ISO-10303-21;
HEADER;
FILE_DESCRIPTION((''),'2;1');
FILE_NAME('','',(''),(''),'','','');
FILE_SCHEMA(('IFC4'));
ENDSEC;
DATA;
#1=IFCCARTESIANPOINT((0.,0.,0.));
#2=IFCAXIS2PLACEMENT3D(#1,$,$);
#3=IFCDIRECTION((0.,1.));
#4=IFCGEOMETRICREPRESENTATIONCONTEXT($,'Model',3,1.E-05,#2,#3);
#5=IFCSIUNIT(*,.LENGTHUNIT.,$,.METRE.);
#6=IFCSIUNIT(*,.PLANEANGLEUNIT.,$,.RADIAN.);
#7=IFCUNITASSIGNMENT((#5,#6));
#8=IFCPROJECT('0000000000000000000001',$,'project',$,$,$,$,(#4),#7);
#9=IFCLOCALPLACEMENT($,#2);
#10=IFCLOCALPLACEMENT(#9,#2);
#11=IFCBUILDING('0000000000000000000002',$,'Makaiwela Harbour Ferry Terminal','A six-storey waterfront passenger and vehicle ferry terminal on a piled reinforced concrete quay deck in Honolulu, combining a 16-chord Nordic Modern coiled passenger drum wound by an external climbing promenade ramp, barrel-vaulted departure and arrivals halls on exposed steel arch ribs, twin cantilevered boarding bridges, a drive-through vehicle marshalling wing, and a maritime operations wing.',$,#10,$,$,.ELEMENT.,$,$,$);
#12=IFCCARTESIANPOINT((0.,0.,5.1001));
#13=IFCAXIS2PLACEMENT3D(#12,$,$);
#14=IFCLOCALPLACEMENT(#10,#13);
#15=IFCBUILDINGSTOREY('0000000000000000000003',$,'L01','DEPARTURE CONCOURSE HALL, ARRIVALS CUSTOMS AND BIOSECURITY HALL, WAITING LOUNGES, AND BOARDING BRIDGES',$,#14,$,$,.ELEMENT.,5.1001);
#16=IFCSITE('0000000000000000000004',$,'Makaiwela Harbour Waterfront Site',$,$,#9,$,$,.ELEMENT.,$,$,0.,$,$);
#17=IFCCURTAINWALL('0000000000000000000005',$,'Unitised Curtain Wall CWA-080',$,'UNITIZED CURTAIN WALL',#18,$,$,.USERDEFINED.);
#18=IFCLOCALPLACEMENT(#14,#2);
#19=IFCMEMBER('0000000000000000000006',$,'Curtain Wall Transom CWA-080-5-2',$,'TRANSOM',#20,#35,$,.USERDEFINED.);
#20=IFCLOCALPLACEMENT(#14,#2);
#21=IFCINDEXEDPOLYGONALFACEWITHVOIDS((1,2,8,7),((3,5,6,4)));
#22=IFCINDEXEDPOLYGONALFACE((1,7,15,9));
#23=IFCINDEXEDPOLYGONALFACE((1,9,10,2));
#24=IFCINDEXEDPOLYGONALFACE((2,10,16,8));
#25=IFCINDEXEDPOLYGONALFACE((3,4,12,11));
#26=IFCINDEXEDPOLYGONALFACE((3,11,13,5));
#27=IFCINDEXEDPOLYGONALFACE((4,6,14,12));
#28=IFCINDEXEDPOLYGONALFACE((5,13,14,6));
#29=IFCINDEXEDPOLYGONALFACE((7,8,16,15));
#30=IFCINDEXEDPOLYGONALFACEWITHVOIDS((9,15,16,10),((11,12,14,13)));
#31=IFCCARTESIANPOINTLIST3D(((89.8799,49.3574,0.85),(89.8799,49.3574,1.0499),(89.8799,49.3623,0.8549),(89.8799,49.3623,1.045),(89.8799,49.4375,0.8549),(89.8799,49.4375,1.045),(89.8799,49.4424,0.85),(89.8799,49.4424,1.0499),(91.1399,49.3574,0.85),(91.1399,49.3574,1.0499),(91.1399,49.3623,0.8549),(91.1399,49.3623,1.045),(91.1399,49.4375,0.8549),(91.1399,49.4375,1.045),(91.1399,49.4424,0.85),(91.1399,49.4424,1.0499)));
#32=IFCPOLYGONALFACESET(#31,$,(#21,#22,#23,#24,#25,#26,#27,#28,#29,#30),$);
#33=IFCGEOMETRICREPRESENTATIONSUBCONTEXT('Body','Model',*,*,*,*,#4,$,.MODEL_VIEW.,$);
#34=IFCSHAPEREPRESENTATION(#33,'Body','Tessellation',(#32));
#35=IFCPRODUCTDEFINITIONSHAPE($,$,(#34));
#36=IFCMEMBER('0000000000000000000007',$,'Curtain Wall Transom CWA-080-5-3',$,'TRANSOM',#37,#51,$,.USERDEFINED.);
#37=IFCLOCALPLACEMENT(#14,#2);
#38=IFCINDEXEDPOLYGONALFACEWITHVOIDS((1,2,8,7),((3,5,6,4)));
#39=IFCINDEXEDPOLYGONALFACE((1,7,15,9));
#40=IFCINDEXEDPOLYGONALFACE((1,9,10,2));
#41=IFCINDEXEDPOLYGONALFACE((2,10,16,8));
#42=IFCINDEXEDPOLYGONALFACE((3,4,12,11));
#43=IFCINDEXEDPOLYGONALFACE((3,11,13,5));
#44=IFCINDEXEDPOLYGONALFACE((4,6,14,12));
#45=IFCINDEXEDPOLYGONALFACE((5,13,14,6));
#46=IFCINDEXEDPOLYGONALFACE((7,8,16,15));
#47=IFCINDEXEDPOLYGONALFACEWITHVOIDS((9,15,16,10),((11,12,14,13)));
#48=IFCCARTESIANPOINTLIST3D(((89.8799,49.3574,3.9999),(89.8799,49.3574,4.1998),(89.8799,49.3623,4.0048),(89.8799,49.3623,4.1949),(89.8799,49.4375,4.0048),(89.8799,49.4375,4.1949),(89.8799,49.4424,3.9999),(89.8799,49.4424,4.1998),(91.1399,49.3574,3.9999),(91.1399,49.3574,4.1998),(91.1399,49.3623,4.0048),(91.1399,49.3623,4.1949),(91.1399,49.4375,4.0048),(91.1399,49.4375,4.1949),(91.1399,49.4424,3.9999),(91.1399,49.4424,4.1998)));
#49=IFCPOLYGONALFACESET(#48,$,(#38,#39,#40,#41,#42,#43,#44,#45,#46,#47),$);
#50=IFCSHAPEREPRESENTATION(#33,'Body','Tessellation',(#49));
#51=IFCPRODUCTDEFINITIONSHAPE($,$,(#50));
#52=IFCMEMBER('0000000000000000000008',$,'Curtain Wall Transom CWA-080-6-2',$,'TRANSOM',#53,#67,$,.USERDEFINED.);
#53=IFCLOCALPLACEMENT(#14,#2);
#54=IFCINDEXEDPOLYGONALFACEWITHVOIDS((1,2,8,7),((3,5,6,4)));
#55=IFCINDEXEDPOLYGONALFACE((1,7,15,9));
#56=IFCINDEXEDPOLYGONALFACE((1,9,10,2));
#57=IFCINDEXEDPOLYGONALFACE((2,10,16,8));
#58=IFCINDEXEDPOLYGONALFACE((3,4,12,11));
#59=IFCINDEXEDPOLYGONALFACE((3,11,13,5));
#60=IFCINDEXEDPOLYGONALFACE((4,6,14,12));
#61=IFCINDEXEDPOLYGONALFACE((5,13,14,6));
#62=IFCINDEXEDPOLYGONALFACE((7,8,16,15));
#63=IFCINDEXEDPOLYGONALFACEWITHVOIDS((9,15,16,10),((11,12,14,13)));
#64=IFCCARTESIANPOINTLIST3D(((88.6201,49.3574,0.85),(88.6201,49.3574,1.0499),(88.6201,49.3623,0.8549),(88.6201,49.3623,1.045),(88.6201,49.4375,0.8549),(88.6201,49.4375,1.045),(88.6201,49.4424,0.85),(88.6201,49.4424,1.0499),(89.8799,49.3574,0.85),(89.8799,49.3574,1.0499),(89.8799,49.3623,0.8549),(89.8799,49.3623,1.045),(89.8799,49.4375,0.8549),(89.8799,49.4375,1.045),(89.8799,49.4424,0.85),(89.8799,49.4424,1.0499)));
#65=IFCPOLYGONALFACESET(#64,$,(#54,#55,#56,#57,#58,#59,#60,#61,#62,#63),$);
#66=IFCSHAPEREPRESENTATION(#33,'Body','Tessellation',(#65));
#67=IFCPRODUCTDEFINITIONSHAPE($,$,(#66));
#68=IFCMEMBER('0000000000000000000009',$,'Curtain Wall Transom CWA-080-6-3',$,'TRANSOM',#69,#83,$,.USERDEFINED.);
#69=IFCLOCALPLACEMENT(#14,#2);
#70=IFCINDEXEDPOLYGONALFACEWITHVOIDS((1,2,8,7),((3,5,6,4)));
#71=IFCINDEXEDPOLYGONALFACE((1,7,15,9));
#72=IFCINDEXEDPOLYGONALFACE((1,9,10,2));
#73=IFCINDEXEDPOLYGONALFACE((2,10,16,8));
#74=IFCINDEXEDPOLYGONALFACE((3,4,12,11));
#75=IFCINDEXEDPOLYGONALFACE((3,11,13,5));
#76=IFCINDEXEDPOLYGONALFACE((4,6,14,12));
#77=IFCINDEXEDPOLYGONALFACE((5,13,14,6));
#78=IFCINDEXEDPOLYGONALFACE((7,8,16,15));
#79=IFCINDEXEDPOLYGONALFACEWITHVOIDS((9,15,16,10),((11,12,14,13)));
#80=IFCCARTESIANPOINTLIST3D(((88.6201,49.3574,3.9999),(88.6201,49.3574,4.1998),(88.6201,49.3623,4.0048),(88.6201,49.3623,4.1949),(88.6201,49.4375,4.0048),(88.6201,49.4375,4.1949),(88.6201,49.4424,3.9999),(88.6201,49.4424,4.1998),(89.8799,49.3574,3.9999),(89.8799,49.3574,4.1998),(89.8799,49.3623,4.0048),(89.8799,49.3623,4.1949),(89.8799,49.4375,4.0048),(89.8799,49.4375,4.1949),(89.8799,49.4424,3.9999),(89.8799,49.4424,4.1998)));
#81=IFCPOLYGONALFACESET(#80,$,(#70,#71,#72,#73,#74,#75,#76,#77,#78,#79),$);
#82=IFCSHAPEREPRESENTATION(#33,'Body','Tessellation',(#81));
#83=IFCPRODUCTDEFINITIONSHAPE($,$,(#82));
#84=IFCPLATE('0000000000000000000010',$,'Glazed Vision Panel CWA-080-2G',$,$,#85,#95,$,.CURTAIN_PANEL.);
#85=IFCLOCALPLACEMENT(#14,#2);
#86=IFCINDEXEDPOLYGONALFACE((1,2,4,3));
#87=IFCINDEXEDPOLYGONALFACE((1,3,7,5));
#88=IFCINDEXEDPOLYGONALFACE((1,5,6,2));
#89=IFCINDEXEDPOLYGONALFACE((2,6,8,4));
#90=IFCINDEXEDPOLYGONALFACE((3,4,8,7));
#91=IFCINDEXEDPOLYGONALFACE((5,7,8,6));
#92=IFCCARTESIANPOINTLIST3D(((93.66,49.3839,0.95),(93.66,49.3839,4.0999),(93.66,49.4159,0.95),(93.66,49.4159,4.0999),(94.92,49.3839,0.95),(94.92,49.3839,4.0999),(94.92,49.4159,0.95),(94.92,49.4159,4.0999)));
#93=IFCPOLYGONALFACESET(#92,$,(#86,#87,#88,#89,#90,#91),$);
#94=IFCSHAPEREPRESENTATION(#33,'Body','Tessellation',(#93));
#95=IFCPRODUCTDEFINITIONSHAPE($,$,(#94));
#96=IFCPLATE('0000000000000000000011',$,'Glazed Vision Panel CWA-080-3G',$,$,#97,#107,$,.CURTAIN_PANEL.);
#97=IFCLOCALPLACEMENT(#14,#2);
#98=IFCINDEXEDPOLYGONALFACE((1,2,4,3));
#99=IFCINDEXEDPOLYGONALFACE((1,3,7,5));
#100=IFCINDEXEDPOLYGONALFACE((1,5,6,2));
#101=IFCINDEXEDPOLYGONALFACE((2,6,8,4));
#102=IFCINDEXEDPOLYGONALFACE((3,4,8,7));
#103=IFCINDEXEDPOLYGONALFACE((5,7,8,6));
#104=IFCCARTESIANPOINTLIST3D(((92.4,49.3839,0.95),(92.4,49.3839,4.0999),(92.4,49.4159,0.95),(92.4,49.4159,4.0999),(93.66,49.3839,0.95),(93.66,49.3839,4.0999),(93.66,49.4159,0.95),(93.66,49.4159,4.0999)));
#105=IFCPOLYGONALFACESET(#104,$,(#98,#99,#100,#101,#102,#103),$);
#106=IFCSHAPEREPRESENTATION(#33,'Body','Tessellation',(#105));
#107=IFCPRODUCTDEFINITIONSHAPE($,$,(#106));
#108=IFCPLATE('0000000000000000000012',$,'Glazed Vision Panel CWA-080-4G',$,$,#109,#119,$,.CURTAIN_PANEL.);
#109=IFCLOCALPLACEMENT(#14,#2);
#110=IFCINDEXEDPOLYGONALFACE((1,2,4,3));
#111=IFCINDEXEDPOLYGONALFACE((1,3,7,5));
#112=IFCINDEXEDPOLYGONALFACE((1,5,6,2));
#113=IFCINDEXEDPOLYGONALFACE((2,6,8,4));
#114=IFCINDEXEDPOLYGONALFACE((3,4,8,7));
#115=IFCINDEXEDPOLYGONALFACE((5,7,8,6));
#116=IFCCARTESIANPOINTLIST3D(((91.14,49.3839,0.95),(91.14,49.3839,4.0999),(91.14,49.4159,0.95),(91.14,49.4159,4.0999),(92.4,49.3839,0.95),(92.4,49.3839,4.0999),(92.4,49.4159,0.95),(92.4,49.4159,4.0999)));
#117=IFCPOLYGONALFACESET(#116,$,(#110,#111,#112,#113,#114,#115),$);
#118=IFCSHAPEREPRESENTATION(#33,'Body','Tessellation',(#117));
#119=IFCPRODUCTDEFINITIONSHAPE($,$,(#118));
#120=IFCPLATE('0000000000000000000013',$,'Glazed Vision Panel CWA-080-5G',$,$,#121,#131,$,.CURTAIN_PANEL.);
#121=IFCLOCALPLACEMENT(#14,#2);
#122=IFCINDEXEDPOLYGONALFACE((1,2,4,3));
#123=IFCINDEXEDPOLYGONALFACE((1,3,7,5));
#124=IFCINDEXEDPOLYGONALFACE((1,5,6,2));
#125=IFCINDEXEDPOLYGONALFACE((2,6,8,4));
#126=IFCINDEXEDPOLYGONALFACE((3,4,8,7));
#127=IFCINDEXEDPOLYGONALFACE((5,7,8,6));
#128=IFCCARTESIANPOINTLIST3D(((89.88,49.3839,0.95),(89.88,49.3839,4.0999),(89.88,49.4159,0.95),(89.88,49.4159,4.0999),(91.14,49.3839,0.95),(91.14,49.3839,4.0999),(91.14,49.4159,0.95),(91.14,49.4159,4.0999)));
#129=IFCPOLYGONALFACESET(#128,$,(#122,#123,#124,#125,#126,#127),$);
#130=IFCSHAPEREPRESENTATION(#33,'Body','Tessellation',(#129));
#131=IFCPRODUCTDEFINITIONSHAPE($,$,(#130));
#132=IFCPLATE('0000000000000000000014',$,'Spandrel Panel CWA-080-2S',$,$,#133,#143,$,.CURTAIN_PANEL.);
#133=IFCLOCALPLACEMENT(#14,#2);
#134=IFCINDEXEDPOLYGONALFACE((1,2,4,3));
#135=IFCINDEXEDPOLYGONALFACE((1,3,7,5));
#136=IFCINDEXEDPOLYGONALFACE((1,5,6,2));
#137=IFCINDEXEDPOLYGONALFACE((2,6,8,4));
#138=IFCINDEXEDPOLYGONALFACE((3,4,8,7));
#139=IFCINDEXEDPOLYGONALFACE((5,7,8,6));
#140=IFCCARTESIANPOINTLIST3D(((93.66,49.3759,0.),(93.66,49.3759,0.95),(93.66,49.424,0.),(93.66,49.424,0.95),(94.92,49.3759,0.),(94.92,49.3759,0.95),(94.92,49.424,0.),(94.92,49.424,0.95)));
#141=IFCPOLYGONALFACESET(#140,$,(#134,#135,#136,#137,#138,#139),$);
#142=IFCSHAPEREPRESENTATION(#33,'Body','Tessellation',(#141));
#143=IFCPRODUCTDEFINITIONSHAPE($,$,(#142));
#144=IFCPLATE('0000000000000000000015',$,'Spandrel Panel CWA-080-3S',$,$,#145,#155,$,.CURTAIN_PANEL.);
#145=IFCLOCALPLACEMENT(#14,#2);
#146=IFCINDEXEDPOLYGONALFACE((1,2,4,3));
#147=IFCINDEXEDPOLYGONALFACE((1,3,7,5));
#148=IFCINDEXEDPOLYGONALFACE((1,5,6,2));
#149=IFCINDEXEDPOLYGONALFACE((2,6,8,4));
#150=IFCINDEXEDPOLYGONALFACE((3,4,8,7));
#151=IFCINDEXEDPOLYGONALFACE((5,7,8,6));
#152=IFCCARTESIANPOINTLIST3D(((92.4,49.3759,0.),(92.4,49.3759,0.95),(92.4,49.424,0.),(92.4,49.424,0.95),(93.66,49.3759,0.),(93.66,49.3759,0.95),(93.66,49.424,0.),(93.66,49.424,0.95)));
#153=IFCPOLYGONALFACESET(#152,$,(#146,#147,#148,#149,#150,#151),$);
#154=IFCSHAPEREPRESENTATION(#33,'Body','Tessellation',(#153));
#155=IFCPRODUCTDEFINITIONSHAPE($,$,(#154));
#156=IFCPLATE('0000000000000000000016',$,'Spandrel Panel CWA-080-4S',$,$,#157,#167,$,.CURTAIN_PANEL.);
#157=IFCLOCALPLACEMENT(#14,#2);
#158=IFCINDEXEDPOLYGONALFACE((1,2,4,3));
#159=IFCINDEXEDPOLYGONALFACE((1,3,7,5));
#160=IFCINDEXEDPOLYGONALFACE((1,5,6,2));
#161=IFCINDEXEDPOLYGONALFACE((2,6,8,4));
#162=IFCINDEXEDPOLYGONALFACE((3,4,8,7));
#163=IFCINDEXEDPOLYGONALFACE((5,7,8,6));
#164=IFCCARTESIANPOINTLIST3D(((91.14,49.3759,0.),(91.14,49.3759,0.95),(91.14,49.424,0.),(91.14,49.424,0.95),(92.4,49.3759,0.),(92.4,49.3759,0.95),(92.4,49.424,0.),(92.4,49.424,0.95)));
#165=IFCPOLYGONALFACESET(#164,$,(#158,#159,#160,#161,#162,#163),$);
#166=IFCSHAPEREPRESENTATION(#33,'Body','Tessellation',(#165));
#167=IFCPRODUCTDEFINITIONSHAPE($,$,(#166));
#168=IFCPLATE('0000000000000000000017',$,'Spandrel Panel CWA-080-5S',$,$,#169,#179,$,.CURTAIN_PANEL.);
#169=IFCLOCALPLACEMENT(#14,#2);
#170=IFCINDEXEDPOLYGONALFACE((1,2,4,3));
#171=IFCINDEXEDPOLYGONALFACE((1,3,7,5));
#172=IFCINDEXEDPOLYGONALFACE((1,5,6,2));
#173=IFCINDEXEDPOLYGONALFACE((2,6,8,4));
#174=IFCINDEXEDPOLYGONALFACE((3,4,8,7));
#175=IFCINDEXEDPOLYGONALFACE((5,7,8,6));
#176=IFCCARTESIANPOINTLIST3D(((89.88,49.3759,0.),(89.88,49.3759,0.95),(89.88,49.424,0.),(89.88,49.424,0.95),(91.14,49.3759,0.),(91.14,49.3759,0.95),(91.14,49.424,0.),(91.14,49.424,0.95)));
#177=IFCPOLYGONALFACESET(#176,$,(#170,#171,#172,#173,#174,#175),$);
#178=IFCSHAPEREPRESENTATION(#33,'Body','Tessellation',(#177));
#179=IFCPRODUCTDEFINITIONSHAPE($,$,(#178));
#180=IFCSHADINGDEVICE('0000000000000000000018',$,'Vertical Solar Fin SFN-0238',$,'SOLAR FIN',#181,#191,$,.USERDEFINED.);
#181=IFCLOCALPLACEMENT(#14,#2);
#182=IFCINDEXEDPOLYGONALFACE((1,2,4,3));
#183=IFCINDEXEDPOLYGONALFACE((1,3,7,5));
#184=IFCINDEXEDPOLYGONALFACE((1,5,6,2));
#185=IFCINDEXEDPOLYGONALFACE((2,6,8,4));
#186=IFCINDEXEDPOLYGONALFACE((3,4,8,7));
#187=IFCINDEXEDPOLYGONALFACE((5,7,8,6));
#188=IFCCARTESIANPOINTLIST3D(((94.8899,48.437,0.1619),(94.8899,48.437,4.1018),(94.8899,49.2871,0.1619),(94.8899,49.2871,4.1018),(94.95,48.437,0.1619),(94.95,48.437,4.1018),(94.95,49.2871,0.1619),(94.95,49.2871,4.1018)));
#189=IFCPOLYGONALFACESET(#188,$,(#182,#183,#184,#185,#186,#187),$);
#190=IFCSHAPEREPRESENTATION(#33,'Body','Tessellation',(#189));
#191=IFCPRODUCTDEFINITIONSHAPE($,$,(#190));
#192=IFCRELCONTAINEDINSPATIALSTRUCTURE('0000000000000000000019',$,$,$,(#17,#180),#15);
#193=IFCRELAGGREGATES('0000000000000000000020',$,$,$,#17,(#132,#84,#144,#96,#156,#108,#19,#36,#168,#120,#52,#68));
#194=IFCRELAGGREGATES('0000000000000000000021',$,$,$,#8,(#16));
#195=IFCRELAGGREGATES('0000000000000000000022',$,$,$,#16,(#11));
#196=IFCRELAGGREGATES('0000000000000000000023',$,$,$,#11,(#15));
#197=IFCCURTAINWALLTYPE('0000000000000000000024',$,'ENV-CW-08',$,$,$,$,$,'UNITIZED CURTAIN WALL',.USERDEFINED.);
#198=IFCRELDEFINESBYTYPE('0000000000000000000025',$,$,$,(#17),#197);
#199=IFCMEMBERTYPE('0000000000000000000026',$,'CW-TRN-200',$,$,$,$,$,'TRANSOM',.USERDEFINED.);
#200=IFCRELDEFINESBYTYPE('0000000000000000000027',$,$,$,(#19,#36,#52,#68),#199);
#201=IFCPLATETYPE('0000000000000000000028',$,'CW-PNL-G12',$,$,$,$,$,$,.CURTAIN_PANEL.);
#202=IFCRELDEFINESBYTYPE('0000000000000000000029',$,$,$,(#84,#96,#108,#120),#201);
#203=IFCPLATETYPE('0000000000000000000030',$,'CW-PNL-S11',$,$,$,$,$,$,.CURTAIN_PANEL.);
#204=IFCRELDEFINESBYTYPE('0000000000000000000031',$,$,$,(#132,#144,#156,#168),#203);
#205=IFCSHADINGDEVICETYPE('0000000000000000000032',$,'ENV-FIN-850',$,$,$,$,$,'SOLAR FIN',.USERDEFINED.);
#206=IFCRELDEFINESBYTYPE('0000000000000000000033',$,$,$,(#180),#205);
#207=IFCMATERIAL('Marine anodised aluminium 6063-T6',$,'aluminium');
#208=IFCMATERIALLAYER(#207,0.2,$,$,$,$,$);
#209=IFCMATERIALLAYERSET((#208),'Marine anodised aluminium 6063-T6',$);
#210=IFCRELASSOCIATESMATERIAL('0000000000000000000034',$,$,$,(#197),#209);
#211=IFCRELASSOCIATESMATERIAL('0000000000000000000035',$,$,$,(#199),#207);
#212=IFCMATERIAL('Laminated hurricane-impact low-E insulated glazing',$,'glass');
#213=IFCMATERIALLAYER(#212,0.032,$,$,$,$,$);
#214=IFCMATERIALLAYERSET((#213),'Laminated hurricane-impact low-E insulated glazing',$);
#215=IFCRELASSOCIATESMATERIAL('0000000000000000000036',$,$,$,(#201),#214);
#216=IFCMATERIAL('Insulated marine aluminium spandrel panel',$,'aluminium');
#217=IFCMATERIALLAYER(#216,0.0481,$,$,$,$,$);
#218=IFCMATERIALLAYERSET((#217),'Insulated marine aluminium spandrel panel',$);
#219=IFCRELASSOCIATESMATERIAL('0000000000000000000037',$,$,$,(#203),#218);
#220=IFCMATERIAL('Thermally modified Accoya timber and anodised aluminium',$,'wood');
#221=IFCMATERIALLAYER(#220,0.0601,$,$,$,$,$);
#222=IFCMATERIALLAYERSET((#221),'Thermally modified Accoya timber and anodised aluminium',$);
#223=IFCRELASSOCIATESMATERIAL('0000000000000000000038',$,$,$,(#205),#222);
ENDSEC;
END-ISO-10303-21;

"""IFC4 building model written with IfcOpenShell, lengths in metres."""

from ifc_helpers import new_model, si_unit, direction, frame, origin, origin_2d, place, context, subcontext, project, spatial, rectangle, hollow_rectangle, extrude, material, layer, layer_set, material_profile, profile_set, type_object, element, aggregate, save


model = new_model("IFC4")

# Units and contexts
model_context = context("Model", 3, precision=1e-05, world=origin(), true_north=direction((0.0, 1.0)))
body_context = subcontext(model_context, "Body", "Model", "MODEL_VIEW")
ifc_project = project(units=[si_unit("LENGTHUNIT", "METRE"), si_unit("PLANEANGLEUNIT", "RADIAN")], contexts=[model_context])

# Site, building, storey
site_placement = place(None, origin())
site = spatial("IfcSite", under=ifc_project, at=site_placement, Name="Makaiwela Harbour Waterfront Site", CompositionType="ELEMENT", RefElevation=0.0)
building_placement = place(site_placement, origin())
building = spatial("IfcBuilding", under=site, at=building_placement, Name="Makaiwela Harbour Ferry Terminal", Description="A six-storey waterfront passenger and vehicle ferry terminal on a piled reinforced concrete quay deck in Honolulu, combining a 16-chord Nordic Modern coiled passenger drum wound by an external climbing promenade ramp, barrel-vaulted departure and arrivals halls on exposed steel arch ribs, twin cantilevered boarding bridges, a drive-through vehicle marshalling wing, and a maritime operations wing.", CompositionType="ELEMENT")
storey_placement = place(building_placement, frame((0.0, 0.0, 5.1001)))
storey = spatial("IfcBuildingStorey", under=building, at=storey_placement, Name="L01", Description="DEPARTURE CONCOURSE HALL, ARRIVALS CUSTOMS AND BIOSECURITY HALL, WAITING LOUNGES, AND BOARDING BRIDGES", CompositionType="ELEMENT", Elevation=5.1001)

# Curtain wall, members, plates
ifc_material_1 = material(Name="Marine anodised aluminium 6063-T6", Category="aluminium")
ifc_layer_1 = layer(ifc_material_1, 0.2)
ifc_layer_set_1 = layer_set([ifc_layer_1], Name="Marine anodised aluminium 6063-T6")
curtain_wall_type = type_object("IfcCurtainWallType", Name="ENV-CW-08", ElementType="UNITIZED CURTAIN WALL", PredefinedType="USERDEFINED", material=ifc_layer_set_1)
curtain_wall_placement = place(storey_placement, origin())
curtain_wall = element("IfcCurtainWall", 1, at=curtain_wall_placement, inside=storey, type_object=curtain_wall_type, Name="Unitised Curtain Wall CWA-080", ObjectType="UNITIZED CURTAIN WALL", PredefinedType="USERDEFINED")
ifc_material_profile_1 = material_profile(ifc_material_1, hollow_rectangle(XDim=0.085, YDim=0.2, WallThickness=0.0049, at=origin_2d()), Name="CWT-200X85")
ifc_profile_set_1 = profile_set([ifc_material_profile_1], Name="Marine anodised aluminium 6063-T6")
member_type_1 = type_object("IfcMemberType", Name="CW-TRN-200", ElementType="TRANSOM", PredefinedType="USERDEFINED", material=ifc_profile_set_1)
member_1_placement = place(storey_placement, frame((91.1399, 49.3999, 0.95), z_axis=(-1.0, 0.0, 0.0), x_axis=(0.0, -1.0, 0.0)))
member_1 = element("IfcMember", 2, at=member_1_placement, type_object=member_type_1, Name="Curtain Wall Transom CWA-080-5-2", ObjectType="TRANSOM", PredefinedType="USERDEFINED", context=body_context, shape_type="SweptSolid", body=[
    extrude(hollow_rectangle(XDim=0.085, YDim=0.2, WallThickness=0.0049, at=origin_2d()), origin(), (0.0, 0.0, 1.0), 1.26),
])
member_2_placement = place(storey_placement, frame((91.1399, 49.3999, 4.0999), z_axis=(-1.0, 0.0, 0.0), x_axis=(0.0, -1.0, 0.0)))
member_2 = element("IfcMember", 3, at=member_2_placement, type_object=member_type_1, Name="Curtain Wall Transom CWA-080-5-3", ObjectType="TRANSOM", PredefinedType="USERDEFINED", context=body_context, shape_type="SweptSolid", body=[
    extrude(hollow_rectangle(XDim=0.085, YDim=0.2, WallThickness=0.0049, at=origin_2d()), origin(), (0.0, 0.0, 1.0), 1.26),
])
member_3_placement = place(storey_placement, frame((89.8799, 49.3999, 0.95), z_axis=(-1.0, 0.0, 0.0), x_axis=(0.0, -1.0, 0.0)))
member_3 = element("IfcMember", 4, at=member_3_placement, type_object=member_type_1, Name="Curtain Wall Transom CWA-080-6-2", ObjectType="TRANSOM", PredefinedType="USERDEFINED", context=body_context, shape_type="SweptSolid", body=[
    extrude(hollow_rectangle(XDim=0.085, YDim=0.2, WallThickness=0.0049, at=origin_2d()), origin(), (0.0, 0.0, 1.0), 1.2598),
])
member_4_placement = place(storey_placement, frame((89.8799, 49.3999, 4.0999), z_axis=(-1.0, 0.0, 0.0), x_axis=(0.0, -1.0, 0.0)))
member_4 = element("IfcMember", 5, at=member_4_placement, type_object=member_type_1, Name="Curtain Wall Transom CWA-080-6-3", ObjectType="TRANSOM", PredefinedType="USERDEFINED", context=body_context, shape_type="SweptSolid", body=[
    extrude(hollow_rectangle(XDim=0.085, YDim=0.2, WallThickness=0.0049, at=origin_2d()), origin(), (0.0, 0.0, 1.0), 1.2598),
])
ifc_material_2 = material(Name="Laminated hurricane-impact low-E insulated glazing", Category="glass")
ifc_layer_2 = layer(ifc_material_2, 0.032)
ifc_layer_set_2 = layer_set([ifc_layer_2], Name="Laminated hurricane-impact low-E insulated glazing")
plate_type_1 = type_object("IfcPlateType", Name="CW-PNL-G12", PredefinedType="CURTAIN_PANEL", material=ifc_layer_set_2)
plate_1_placement = place(storey_placement, frame((94.29, 49.3999, 0.95), z_axis=(0.0, 0.0, 1.0), x_axis=(-1.0, 0.0, 0.0)))
plate_1 = element("IfcPlate", 6, at=plate_1_placement, type_object=plate_type_1, Name="Glazed Vision Panel CWA-080-2G", PredefinedType="CURTAIN_PANEL", context=body_context, shape_type="SweptSolid", body=[
    extrude(rectangle(XDim=1.26, YDim=0.032, at=origin_2d()), origin(), (0.0, 0.0, 1.0), 3.1499),
])
plate_2_placement = place(storey_placement, frame((93.03, 49.3999, 0.95), z_axis=(0.0, 0.0, 1.0), x_axis=(-1.0, 0.0, 0.0)))
plate_2 = element("IfcPlate", 7, at=plate_2_placement, type_object=plate_type_1, Name="Glazed Vision Panel CWA-080-3G", PredefinedType="CURTAIN_PANEL", context=body_context, shape_type="SweptSolid", body=[
    extrude(rectangle(XDim=1.26, YDim=0.032, at=origin_2d()), origin(), (0.0, 0.0, 1.0), 3.1499),
])
plate_3_placement = place(storey_placement, frame((91.77, 49.3999, 0.95), z_axis=(0.0, 0.0, 1.0), x_axis=(-1.0, 0.0, 0.0)))
plate_3 = element("IfcPlate", 8, at=plate_3_placement, type_object=plate_type_1, Name="Glazed Vision Panel CWA-080-4G", PredefinedType="CURTAIN_PANEL", context=body_context, shape_type="SweptSolid", body=[
    extrude(rectangle(XDim=1.26, YDim=0.032, at=origin_2d()), origin(), (0.0, 0.0, 1.0), 3.1499),
])
plate_4_placement = place(storey_placement, frame((90.51, 49.3999, 0.95), z_axis=(0.0, 0.0, 1.0), x_axis=(-1.0, 0.0, 0.0)))
plate_4 = element("IfcPlate", 9, at=plate_4_placement, type_object=plate_type_1, Name="Glazed Vision Panel CWA-080-5G", PredefinedType="CURTAIN_PANEL", context=body_context, shape_type="SweptSolid", body=[
    extrude(rectangle(XDim=1.26, YDim=0.032, at=origin_2d()), origin(), (0.0, 0.0, 1.0), 3.1499),
])
ifc_material_3 = material(Name="Insulated marine aluminium spandrel panel", Category="aluminium")
ifc_layer_3 = layer(ifc_material_3, 0.0481)
ifc_layer_set_3 = layer_set([ifc_layer_3], Name="Insulated marine aluminium spandrel panel")
plate_type_2 = type_object("IfcPlateType", Name="CW-PNL-S11", PredefinedType="CURTAIN_PANEL", material=ifc_layer_set_3)
plate_5_placement = place(storey_placement, frame((94.29, 49.3999, 0.0), z_axis=(0.0, 0.0, 1.0), x_axis=(-1.0, 0.0, 0.0)))
plate_5 = element("IfcPlate", 10, at=plate_5_placement, type_object=plate_type_2, Name="Spandrel Panel CWA-080-2S", PredefinedType="CURTAIN_PANEL", context=body_context, shape_type="SweptSolid", body=[
    extrude(rectangle(XDim=1.26, YDim=0.0481, at=origin_2d()), origin(), (0.0, 0.0, 1.0), 0.95),
])
plate_6_placement = place(storey_placement, frame((93.03, 49.3999, 0.0), z_axis=(0.0, 0.0, 1.0), x_axis=(-1.0, 0.0, 0.0)))
plate_6 = element("IfcPlate", 11, at=plate_6_placement, type_object=plate_type_2, Name="Spandrel Panel CWA-080-3S", PredefinedType="CURTAIN_PANEL", context=body_context, shape_type="SweptSolid", body=[
    extrude(rectangle(XDim=1.26, YDim=0.0481, at=origin_2d()), origin(), (0.0, 0.0, 1.0), 0.95),
])
plate_7_placement = place(storey_placement, frame((91.77, 49.3999, 0.0), z_axis=(0.0, 0.0, 1.0), x_axis=(-1.0, 0.0, 0.0)))
plate_7 = element("IfcPlate", 12, at=plate_7_placement, type_object=plate_type_2, Name="Spandrel Panel CWA-080-4S", PredefinedType="CURTAIN_PANEL", context=body_context, shape_type="SweptSolid", body=[
    extrude(rectangle(XDim=1.26, YDim=0.0481, at=origin_2d()), origin(), (0.0, 0.0, 1.0), 0.95),
])
plate_8_placement = place(storey_placement, frame((90.51, 49.3999, 0.0), z_axis=(0.0, 0.0, 1.0), x_axis=(-1.0, 0.0, 0.0)))
plate_8 = element("IfcPlate", 13, at=plate_8_placement, type_object=plate_type_2, Name="Spandrel Panel CWA-080-5S", PredefinedType="CURTAIN_PANEL", context=body_context, shape_type="SweptSolid", body=[
    extrude(rectangle(XDim=1.26, YDim=0.0481, at=origin_2d()), origin(), (0.0, 0.0, 1.0), 0.95),
])
aggregate(curtain_wall, [plate_5, plate_1, plate_6, plate_2, plate_7, plate_3, member_1, member_2, plate_8, plate_4, member_3, member_4])

# Shading device
ifc_material_4 = material(Name="Thermally modified Accoya timber and anodised aluminium", Category="wood")
ifc_layer_4 = layer(ifc_material_4, 0.0601)
ifc_layer_set_4 = layer_set([ifc_layer_4], Name="Thermally modified Accoya timber and anodised aluminium")
shading_device_type = type_object("IfcShadingDeviceType", Name="ENV-FIN-850", ElementType="SOLAR FIN", PredefinedType="USERDEFINED", material=ifc_layer_set_4)
for number, where, z_axis, x_axis, name in (
    (14, (94.9199, 48.8621, 0.1619), (0.0, 0.0, 1.0), (0.0, -1.0, 0.0), "Vertical Solar Fin SFN-0238"),
):
    element("IfcShadingDevice", number, at=place(storey_placement, frame(where, z_axis=z_axis, x_axis=x_axis)), inside=storey, type_object=shading_device_type, Name=name, ObjectType="SOLAR FIN", PredefinedType="USERDEFINED", context=body_context, shape_type="SweptSolid", body=[
        extrude(rectangle(XDim=0.8501, YDim=0.0601, at=origin_2d()), origin(), (0.0, 0.0, 1.0), 3.9399),
    ])

save(model, "model.ifc")
